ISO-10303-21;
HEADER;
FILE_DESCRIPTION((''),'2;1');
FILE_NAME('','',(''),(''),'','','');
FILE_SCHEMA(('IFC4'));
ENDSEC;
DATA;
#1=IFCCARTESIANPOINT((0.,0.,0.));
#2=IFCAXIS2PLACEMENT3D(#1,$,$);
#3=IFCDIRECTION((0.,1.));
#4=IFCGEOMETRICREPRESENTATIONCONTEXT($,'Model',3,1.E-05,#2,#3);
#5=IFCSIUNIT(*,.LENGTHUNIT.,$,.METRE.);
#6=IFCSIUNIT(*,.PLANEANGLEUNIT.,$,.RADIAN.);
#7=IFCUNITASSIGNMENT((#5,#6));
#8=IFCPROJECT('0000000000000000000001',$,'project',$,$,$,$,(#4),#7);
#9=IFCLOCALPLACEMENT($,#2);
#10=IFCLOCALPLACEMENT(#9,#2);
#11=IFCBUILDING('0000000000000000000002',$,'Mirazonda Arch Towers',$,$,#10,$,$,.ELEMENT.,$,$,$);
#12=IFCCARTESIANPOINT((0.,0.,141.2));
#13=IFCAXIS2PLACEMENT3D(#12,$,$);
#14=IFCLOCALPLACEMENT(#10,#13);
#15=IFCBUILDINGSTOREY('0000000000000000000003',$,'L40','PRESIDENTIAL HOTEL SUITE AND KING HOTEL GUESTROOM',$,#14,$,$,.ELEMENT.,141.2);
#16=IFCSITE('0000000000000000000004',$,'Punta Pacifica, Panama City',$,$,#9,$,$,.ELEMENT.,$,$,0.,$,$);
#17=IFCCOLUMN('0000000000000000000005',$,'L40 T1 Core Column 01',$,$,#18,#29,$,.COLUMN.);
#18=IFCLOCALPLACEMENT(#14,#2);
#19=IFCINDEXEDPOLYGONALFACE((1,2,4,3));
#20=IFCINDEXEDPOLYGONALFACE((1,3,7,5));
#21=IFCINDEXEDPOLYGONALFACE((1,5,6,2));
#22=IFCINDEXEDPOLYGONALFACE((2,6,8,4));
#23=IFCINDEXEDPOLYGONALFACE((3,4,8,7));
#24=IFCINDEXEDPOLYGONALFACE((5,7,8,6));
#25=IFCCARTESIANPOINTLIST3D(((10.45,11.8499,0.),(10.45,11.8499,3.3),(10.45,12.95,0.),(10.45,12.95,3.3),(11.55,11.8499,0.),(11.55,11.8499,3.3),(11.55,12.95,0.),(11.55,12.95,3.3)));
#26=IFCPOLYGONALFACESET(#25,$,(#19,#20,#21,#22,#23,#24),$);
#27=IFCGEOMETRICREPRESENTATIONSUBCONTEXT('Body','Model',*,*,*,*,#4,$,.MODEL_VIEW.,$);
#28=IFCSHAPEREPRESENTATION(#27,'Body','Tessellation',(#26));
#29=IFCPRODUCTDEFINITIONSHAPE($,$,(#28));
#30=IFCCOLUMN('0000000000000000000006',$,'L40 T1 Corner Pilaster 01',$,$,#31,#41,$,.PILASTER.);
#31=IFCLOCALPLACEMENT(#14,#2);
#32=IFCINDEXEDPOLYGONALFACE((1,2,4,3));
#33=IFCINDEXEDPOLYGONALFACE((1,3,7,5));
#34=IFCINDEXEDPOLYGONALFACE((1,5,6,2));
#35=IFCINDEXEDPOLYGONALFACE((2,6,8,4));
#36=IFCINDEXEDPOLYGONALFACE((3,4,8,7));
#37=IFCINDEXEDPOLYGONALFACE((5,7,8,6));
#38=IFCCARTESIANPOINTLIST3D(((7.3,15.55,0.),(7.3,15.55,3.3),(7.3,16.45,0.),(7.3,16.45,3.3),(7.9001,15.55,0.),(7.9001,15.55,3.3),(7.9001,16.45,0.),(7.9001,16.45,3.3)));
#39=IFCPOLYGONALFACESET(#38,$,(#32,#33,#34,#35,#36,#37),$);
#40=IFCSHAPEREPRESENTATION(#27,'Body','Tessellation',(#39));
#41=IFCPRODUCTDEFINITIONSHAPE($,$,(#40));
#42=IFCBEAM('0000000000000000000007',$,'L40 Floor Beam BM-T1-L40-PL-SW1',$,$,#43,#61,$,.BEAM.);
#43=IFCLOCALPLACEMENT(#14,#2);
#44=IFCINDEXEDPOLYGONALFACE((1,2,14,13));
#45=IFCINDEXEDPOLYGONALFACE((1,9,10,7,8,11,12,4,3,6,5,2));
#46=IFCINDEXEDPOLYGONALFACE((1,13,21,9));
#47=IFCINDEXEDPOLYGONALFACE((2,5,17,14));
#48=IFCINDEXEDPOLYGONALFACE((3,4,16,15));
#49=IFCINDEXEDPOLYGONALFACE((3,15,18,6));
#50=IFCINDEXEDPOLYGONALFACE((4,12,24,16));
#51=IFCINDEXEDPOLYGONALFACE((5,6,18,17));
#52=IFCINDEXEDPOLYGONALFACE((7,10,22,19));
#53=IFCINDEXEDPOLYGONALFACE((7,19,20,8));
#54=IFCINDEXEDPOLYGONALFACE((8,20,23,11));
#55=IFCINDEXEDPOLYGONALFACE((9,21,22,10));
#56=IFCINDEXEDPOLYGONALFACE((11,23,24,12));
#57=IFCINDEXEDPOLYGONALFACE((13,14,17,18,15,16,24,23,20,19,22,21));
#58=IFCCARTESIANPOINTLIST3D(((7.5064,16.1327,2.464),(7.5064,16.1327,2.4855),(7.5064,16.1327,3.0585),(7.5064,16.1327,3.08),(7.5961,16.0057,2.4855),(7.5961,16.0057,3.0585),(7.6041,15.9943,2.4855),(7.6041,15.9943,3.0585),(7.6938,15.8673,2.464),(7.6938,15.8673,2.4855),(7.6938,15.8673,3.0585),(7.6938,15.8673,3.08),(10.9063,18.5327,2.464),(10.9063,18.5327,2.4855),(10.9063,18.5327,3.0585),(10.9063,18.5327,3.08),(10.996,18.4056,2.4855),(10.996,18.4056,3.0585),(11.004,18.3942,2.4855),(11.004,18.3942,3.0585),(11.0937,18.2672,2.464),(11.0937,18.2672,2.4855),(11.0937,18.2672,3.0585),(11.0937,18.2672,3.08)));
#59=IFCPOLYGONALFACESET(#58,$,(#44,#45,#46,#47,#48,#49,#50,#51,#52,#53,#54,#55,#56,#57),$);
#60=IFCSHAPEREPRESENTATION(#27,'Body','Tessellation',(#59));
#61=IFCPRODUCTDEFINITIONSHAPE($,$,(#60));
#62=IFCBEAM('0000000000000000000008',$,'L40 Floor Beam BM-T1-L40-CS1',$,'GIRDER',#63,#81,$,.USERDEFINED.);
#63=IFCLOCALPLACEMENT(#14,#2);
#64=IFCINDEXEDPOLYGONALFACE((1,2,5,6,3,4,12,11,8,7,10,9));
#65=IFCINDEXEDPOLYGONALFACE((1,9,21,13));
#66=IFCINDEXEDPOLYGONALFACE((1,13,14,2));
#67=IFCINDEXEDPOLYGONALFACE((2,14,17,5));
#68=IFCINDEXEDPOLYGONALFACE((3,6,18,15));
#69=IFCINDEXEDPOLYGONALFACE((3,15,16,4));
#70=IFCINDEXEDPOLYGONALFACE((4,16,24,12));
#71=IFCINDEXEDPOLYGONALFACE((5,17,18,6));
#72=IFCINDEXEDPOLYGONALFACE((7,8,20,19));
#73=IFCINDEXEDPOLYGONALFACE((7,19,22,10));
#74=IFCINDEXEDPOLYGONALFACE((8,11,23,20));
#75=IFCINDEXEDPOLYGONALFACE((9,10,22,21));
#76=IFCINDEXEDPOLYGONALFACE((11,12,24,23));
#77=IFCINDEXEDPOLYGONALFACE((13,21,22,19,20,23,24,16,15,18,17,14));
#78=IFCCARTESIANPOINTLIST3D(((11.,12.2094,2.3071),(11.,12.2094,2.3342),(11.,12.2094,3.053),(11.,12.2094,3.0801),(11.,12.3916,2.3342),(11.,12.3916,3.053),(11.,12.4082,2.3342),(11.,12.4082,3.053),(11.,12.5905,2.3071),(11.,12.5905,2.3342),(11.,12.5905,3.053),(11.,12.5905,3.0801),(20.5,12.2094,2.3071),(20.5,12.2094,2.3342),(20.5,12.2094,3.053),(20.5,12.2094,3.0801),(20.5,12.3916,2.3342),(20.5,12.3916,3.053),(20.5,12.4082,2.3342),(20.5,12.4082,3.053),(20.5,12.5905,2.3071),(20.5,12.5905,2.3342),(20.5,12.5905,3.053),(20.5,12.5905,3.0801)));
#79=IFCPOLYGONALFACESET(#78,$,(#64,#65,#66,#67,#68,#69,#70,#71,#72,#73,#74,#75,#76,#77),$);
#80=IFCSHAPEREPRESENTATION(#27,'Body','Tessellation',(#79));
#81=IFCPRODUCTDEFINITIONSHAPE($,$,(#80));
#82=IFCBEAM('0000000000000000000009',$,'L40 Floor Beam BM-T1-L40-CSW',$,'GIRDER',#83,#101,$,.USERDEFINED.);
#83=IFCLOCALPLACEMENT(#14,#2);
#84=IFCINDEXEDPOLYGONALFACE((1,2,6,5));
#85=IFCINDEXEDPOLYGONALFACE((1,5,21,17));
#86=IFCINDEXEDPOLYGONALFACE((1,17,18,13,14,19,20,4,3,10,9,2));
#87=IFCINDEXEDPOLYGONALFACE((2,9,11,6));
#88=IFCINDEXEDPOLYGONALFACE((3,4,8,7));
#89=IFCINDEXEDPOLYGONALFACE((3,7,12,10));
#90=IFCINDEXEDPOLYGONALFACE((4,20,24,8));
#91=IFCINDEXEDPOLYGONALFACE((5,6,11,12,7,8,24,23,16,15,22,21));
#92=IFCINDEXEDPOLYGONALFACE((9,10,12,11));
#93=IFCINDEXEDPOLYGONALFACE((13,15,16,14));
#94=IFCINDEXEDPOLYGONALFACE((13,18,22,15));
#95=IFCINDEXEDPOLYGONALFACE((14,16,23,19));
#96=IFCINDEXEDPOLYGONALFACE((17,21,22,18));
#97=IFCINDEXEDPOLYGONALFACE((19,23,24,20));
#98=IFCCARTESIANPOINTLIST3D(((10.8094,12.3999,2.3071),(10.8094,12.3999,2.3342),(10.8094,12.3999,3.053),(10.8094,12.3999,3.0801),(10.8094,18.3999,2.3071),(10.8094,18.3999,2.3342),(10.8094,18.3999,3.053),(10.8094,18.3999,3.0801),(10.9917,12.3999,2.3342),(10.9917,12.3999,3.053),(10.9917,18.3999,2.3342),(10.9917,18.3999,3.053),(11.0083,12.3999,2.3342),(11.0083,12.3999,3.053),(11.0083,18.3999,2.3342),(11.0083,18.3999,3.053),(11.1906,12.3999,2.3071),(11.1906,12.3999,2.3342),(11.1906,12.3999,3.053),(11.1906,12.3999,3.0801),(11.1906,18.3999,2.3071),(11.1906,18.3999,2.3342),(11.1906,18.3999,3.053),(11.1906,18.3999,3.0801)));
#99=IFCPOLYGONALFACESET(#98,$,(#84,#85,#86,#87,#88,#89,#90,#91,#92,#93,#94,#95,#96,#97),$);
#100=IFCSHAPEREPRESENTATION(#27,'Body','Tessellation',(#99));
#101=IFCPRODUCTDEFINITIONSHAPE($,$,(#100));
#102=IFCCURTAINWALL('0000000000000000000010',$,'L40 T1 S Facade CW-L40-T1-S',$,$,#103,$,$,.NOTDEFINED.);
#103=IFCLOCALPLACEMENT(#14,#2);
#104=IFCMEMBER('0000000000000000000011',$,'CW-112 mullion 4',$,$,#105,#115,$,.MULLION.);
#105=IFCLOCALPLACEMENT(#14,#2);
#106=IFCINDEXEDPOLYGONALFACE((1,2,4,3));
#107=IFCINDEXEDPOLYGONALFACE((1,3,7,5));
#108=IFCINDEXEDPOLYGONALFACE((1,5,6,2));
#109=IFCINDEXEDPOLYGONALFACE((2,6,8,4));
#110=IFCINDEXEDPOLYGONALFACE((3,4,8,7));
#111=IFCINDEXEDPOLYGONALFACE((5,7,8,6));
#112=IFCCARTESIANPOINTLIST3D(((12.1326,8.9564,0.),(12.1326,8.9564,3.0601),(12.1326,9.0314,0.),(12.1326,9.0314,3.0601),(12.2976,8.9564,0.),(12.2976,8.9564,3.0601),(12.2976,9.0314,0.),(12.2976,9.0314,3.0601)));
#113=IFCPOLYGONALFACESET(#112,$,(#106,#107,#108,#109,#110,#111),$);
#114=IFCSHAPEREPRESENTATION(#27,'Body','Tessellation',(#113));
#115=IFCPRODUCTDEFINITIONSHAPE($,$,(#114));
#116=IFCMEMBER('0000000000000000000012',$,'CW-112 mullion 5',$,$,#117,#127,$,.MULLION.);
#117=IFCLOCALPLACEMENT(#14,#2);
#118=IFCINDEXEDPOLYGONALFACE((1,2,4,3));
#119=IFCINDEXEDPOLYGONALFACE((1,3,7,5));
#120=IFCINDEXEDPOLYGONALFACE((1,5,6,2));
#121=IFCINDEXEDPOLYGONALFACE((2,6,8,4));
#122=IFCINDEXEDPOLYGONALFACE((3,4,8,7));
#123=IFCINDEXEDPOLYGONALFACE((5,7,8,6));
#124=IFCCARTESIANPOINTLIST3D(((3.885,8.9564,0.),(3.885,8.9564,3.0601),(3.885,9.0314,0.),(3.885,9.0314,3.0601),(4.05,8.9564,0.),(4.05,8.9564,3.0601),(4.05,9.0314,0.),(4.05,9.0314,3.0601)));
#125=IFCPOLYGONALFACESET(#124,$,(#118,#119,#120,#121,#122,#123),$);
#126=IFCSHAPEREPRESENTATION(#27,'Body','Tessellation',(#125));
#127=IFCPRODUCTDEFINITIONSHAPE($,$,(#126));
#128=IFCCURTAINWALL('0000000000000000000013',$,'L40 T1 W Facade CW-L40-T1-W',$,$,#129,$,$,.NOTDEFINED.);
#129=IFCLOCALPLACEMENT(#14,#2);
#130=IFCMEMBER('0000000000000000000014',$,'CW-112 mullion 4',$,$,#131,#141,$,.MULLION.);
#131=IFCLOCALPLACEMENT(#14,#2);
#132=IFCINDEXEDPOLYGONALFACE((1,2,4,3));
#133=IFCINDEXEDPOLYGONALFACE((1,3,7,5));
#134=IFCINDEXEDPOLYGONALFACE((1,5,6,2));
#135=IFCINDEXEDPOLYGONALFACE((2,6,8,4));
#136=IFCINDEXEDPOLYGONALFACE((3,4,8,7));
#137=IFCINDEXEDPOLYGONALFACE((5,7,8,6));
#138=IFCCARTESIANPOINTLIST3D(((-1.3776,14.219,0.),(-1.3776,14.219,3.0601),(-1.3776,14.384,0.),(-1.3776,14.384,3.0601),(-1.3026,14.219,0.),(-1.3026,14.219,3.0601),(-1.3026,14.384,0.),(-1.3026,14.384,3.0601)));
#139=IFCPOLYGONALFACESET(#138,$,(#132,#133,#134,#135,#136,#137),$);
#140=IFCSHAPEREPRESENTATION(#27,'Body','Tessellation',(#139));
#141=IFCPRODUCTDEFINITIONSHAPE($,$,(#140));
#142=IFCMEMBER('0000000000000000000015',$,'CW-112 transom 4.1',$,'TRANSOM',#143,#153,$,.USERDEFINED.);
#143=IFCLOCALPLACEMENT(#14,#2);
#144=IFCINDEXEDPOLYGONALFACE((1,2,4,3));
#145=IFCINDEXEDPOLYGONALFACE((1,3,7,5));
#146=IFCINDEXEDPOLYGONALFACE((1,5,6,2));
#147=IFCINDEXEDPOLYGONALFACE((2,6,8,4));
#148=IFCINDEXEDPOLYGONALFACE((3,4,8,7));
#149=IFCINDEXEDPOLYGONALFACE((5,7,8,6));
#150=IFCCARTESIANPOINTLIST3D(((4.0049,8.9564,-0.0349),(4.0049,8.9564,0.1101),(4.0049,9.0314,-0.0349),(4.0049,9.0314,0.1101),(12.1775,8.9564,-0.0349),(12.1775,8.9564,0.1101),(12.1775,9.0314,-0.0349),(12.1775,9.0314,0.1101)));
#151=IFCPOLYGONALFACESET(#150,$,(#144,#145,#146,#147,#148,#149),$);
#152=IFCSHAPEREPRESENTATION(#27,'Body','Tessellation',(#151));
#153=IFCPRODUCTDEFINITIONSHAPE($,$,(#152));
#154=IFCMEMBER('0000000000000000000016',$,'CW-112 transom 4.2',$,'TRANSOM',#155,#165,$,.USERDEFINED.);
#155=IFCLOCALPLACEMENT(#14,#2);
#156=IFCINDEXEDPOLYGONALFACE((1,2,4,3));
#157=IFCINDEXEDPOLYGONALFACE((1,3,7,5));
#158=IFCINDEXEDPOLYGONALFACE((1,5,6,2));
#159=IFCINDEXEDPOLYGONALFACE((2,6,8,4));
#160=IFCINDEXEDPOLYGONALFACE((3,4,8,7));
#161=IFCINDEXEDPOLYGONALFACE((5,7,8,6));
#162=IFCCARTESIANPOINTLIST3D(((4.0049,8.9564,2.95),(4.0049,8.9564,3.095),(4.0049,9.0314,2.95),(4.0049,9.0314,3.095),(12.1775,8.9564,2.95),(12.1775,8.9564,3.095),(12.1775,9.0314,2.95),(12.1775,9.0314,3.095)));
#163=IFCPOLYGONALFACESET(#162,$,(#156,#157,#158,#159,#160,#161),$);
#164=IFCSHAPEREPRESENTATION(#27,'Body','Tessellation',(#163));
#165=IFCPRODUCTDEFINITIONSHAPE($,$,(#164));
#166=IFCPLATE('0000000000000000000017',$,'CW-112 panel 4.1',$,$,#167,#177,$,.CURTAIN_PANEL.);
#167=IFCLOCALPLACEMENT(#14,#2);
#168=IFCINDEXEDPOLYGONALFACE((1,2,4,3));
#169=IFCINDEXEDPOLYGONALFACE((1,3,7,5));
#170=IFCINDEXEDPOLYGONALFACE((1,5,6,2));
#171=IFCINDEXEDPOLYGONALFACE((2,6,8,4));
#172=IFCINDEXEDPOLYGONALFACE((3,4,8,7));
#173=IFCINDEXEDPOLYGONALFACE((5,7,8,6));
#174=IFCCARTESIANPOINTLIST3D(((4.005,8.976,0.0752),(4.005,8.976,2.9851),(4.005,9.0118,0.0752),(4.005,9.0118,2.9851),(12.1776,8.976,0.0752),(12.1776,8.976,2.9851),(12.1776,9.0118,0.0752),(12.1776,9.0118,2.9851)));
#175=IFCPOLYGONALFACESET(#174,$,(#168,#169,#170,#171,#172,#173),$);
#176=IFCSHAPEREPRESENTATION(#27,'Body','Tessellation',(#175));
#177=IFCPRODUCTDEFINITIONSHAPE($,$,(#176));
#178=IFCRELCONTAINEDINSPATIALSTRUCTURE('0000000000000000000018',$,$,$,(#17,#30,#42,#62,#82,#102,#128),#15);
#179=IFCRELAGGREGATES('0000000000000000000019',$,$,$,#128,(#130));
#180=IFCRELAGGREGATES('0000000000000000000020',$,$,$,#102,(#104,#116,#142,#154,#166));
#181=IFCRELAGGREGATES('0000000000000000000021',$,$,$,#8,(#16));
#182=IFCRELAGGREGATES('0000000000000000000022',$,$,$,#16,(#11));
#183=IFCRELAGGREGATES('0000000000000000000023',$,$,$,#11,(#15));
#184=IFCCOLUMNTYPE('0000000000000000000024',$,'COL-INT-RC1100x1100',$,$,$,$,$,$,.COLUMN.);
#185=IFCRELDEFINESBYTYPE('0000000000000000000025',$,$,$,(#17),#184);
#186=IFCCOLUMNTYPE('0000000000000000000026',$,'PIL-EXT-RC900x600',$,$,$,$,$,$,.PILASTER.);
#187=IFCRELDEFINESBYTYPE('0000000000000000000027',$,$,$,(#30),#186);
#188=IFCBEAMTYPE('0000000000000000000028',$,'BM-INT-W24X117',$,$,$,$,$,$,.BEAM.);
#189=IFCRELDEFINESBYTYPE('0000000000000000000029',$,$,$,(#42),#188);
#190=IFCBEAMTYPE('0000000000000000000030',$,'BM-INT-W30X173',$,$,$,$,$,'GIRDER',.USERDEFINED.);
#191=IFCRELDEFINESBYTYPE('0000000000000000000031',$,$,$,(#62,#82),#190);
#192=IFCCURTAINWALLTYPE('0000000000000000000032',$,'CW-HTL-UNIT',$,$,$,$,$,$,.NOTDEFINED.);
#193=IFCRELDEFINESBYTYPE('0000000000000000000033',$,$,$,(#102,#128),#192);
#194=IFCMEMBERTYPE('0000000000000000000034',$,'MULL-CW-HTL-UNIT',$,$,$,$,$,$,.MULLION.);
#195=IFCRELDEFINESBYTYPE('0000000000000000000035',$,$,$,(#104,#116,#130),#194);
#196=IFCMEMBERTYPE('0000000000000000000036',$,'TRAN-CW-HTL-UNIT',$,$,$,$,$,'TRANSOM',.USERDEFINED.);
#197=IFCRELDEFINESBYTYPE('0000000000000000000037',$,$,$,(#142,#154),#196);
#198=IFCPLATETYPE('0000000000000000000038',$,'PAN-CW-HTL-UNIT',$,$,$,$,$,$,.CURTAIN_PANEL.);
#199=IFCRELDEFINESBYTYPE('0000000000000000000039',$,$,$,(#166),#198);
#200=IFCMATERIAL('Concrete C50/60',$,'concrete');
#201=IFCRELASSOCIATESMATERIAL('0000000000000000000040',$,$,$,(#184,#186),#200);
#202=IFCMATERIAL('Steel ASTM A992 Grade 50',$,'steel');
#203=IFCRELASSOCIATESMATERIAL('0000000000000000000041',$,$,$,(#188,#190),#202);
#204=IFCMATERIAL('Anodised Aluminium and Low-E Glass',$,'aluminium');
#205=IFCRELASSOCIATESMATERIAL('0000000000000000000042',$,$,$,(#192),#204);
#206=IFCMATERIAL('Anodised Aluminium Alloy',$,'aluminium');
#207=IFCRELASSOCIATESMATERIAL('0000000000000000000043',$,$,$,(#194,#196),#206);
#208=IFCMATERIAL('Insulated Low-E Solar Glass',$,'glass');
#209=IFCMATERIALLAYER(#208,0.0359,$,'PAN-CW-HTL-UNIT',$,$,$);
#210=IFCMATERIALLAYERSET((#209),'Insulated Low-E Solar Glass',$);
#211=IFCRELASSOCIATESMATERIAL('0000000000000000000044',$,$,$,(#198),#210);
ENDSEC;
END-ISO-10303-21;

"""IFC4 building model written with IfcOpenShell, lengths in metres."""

from ifc_helpers import new_model, si_unit, direction, frame, origin, origin_2d, place, context, subcontext, project, spatial, rectangle, i_section, extrude, material, layer, layer_set, material_profile, profile_set, type_object, element, aggregate, save


model = new_model("IFC4")

# Units and contexts
model_context = context("Model", 3, precision=1e-05, world=origin(), true_north=direction((0.0, 1.0)))
body_context = subcontext(model_context, "Body", "Model", "MODEL_VIEW")
ifc_project = project(units=[si_unit("LENGTHUNIT", "METRE"), si_unit("PLANEANGLEUNIT", "RADIAN")], contexts=[model_context])

# Site, building, storey
site_placement = place(None, origin())
site = spatial("IfcSite", under=ifc_project, at=site_placement, Name="Punta Pacifica, Panama City", CompositionType="ELEMENT", RefElevation=0.0)
building_placement = place(site_placement, origin())
building = spatial("IfcBuilding", under=site, at=building_placement, Name="Mirazonda Arch Towers", CompositionType="ELEMENT")
storey_placement = place(building_placement, frame((0.0, 0.0, 141.2)))
storey = spatial("IfcBuildingStorey", under=building, at=storey_placement, Name="L40", Description="PRESIDENTIAL HOTEL SUITE AND KING HOTEL GUESTROOM", CompositionType="ELEMENT", Elevation=141.2)

# Columns
ifc_material_1 = material(Name="Concrete C50/60", Category="concrete")
ifc_material_profile_1 = material_profile(ifc_material_1, rectangle(XDim=1.1001, YDim=1.1001, at=origin_2d()), Name="RC1100x1100")
ifc_profile_set_1 = profile_set([ifc_material_profile_1], Name="Concrete C50/60")
column_type_1 = type_object("IfcColumnType", Name="COL-INT-RC1100x1100", PredefinedType="COLUMN", material=ifc_profile_set_1)
column_1_placement = place(storey_placement, frame((11.0, 12.3999, 0.0), z_axis=(0.0, 0.0, 1.0), x_axis=(1.0, 0.0, 0.0)))
element("IfcColumn", 1, at=column_1_placement, inside=storey, type_object=column_type_1, Name="L40 T1 Core Column 01", PredefinedType="COLUMN", context=body_context, shape_type="SweptSolid", body=[
    extrude(rectangle(XDim=1.1001, YDim=1.1001, at=origin_2d()), origin(), (0.0, 0.0, 1.0), 3.3),
])
ifc_material_profile_2 = material_profile(ifc_material_1, rectangle(XDim=0.6001, YDim=0.8999, at=origin_2d()), Name="RC900x600")
ifc_profile_set_2 = profile_set([ifc_material_profile_2], Name="Concrete C50/60")
column_type_2 = type_object("IfcColumnType", Name="PIL-EXT-RC900x600", PredefinedType="PILASTER", material=ifc_profile_set_2)
column_2_placement = place(storey_placement, frame((7.6001, 16.0, 0.0), z_axis=(0.0, 0.0, 1.0), x_axis=(1.0, 0.0, 0.0)))
element("IfcColumn", 2, at=column_2_placement, inside=storey, type_object=column_type_2, Name="L40 T1 Corner Pilaster 01", PredefinedType="PILASTER", context=body_context, shape_type="SweptSolid", body=[
    extrude(rectangle(XDim=0.6001, YDim=0.8999, at=origin_2d()), origin(), (0.0, 0.0, 1.0), 3.3),
])

# Beams
ifc_material_2 = material(Name="Steel ASTM A992 Grade 50", Category="steel")
ifc_material_profile_3 = material_profile(ifc_material_2, i_section(OverallWidth=0.325, OverallDepth=0.616, WebThickness=0.0139, FlangeThickness=0.0215, at=origin_2d()), Name="W24X117")
ifc_profile_set_3 = profile_set([ifc_material_profile_3], Name="Steel ASTM A992 Grade 50")
beam_type_1 = type_object("IfcBeamType", Name="BM-INT-W24X117", PredefinedType="BEAM", material=ifc_profile_set_3)
beam_1_placement = place(storey_placement, frame((7.6001, 16.0, 2.772), z_axis=(0.816971, 0.576679, 0.0), x_axis=(-0.576679, 0.816971, 0.0)))
element("IfcBeam", 3, at=beam_1_placement, inside=storey, type_object=beam_type_1, Name="L40 Floor Beam BM-T1-L40-PL-SW1", PredefinedType="BEAM", context=body_context, shape_type="SweptSolid", body=[
    extrude(i_section(OverallWidth=0.325, OverallDepth=0.616, WebThickness=0.0139, FlangeThickness=0.0215, at=origin_2d()), origin(), (0.0, 0.0, 1.0), 4.1616),
])
ifc_material_profile_4 = material_profile(ifc_material_2, i_section(OverallWidth=0.3811, OverallDepth=0.7729, WebThickness=0.0166, FlangeThickness=0.0271, at=origin_2d()), Name="W30X173")
ifc_profile_set_4 = profile_set([ifc_material_profile_4], Name="Steel ASTM A992 Grade 50")
beam_type_2 = type_object("IfcBeamType", Name="BM-INT-W30X173", ElementType="GIRDER", PredefinedType="USERDEFINED", material=ifc_profile_set_4)
beam_2_placement = place(storey_placement, frame((11.0, 12.3999, 2.6936), z_axis=(1.0, 0.0, 0.0), x_axis=(0.0, 1.0, 0.0)))
element("IfcBeam", 4, at=beam_2_placement, inside=storey, type_object=beam_type_2, Name="L40 Floor Beam BM-T1-L40-CS1", ObjectType="GIRDER", PredefinedType="USERDEFINED", context=body_context, shape_type="SweptSolid", body=[
    extrude(i_section(OverallWidth=0.3811, OverallDepth=0.7729, WebThickness=0.0166, FlangeThickness=0.0271, at=origin_2d()), origin(), (0.0, 0.0, 1.0), 9.5),
])
beam_3_placement = place(storey_placement, frame((11.0, 12.3999, 2.6936), z_axis=(0.0, 1.0, 0.0), x_axis=(-1.0, 0.0, 0.0)))
element("IfcBeam", 5, at=beam_3_placement, inside=storey, type_object=beam_type_2, Name="L40 Floor Beam BM-T1-L40-CSW", ObjectType="GIRDER", PredefinedType="USERDEFINED", context=body_context, shape_type="SweptSolid", body=[
    extrude(i_section(OverallWidth=0.3811, OverallDepth=0.7729, WebThickness=0.0166, FlangeThickness=0.0271, at=origin_2d()), origin(), (0.0, 0.0, 1.0), 6.0),
])

# Curtain wall, members
ifc_material_3 = material(Name="Anodised Aluminium and Low-E Glass", Category="aluminium")
curtain_wall_type = type_object("IfcCurtainWallType", Name="CW-HTL-UNIT", PredefinedType="NOTDEFINED", material=ifc_material_3)
curtain_wall_1_placement = place(storey_placement, origin())
curtain_wall_1 = element("IfcCurtainWall", 6, at=curtain_wall_1_placement, inside=storey, type_object=curtain_wall_type, Name="L40 T1 S Facade CW-L40-T1-S", PredefinedType="NOTDEFINED")
ifc_material_4 = material(Name="Anodised Aluminium Alloy", Category="aluminium")
ifc_material_profile_5 = material_profile(ifc_material_4, rectangle(XDim=0.075, YDim=0.165, at=origin_2d()), Name="ALU-MULL-75x165")
ifc_profile_set_5 = profile_set([ifc_material_profile_5], Name="Anodised Aluminium Alloy")
member_type_1 = type_object("IfcMemberType", Name="MULL-CW-HTL-UNIT", PredefinedType="MULLION", material=ifc_profile_set_5)
member_1_placement = place(storey_placement, frame((12.2151, 8.9939, 0.0), z_axis=(0.0, 0.0, 1.0), x_axis=(0.0, -1.0, 0.0)))
member_1 = element("IfcMember", 7, at=member_1_placement, type_object=member_type_1, Name="CW-112 mullion 4", PredefinedType="MULLION", context=body_context, shape_type="SweptSolid", body=[
    extrude(rectangle(XDim=0.075, YDim=0.165, at=origin_2d()), origin(), (0.0, 0.0, 1.0), 3.0601),
])
member_2_placement = place(storey_placement, frame((3.9675, 8.9939, 0.0), z_axis=(0.0, 0.0, 1.0), x_axis=(0.0, -1.0, 0.0)))
member_2 = element("IfcMember", 8, at=member_2_placement, type_object=member_type_1, Name="CW-112 mullion 5", PredefinedType="MULLION", context=body_context, shape_type="SweptSolid", body=[
    extrude(rectangle(XDim=0.075, YDim=0.165, at=origin_2d()), origin(), (0.0, 0.0, 1.0), 3.0601),
])

# Curtain wall, member
curtain_wall_2_placement = place(storey_placement, origin())
curtain_wall_2 = element("IfcCurtainWall", 9, at=curtain_wall_2_placement, inside=storey, type_object=curtain_wall_type, Name="L40 T1 W Facade CW-L40-T1-W", PredefinedType="NOTDEFINED")
member_3_placement = place(storey_placement, frame((-1.3401, 14.3015, 0.0), z_axis=(0.0, 0.0, 1.0), x_axis=(1.0, 0.0, 0.0)))
member_3 = element("IfcMember", 10, at=member_3_placement, type_object=member_type_1, Name="CW-112 mullion 4", PredefinedType="MULLION", context=body_context, shape_type="SweptSolid", body=[
    extrude(rectangle(XDim=0.075, YDim=0.165, at=origin_2d()), origin(), (0.0, 0.0, 1.0), 3.0601),
])
aggregate(curtain_wall_2, [member_3])

# Members
ifc_material_profile_6 = material_profile(ifc_material_4, rectangle(XDim=0.075, YDim=0.145, at=origin_2d()), Name="ALU-TRAN-75x145")
ifc_profile_set_6 = profile_set([ifc_material_profile_6], Name="Anodised Aluminium Alloy")
member_type_2 = type_object("IfcMemberType", Name="TRAN-CW-HTL-UNIT", ElementType="TRANSOM", PredefinedType="USERDEFINED", material=ifc_profile_set_6)
member_4_placement = place(storey_placement, frame((12.1775, 8.9939, 0.0376), z_axis=(-1.0, 0.0, 0.0), x_axis=(0.0, -1.0, 0.0)))
member_4 = element("IfcMember", 11, at=member_4_placement, type_object=member_type_2, Name="CW-112 transom 4.1", ObjectType="TRANSOM", PredefinedType="USERDEFINED", context=body_context, shape_type="SweptSolid", body=[
    extrude(rectangle(XDim=0.075, YDim=0.145, at=origin_2d()), origin(), (0.0, 0.0, 1.0), 8.1726),
])
member_5_placement = place(storey_placement, frame((12.1775, 8.9939, 3.0225), z_axis=(-1.0, 0.0, 0.0), x_axis=(0.0, -1.0, 0.0)))
member_5 = element("IfcMember", 12, at=member_5_placement, type_object=member_type_2, Name="CW-112 transom 4.2", ObjectType="TRANSOM", PredefinedType="USERDEFINED", context=body_context, shape_type="SweptSolid", body=[
    extrude(rectangle(XDim=0.075, YDim=0.145, at=origin_2d()), origin(), (0.0, 0.0, 1.0), 8.1726),
])

# Plate
ifc_material_5 = material(Name="Insulated Low-E Solar Glass", Category="glass")
ifc_layer_1 = layer(ifc_material_5, 0.0359, Name="PAN-CW-HTL-UNIT")
ifc_layer_set_1 = layer_set([ifc_layer_1], Name="Insulated Low-E Solar Glass")
plate_type = type_object("IfcPlateType", Name="PAN-CW-HTL-UNIT", PredefinedType="CURTAIN_PANEL", material=ifc_layer_set_1)
plate_placement = place(storey_placement, frame((8.0913, 8.9939, 0.0752), z_axis=(0.0, 0.0, 1.0), x_axis=(-1.0, 0.0, 0.0)))
plate = element("IfcPlate", 13, at=plate_placement, type_object=plate_type, Name="CW-112 panel 4.1", PredefinedType="CURTAIN_PANEL", context=body_context, shape_type="SweptSolid", body=[
    extrude(rectangle(XDim=8.1726, YDim=0.0359, at=origin_2d()), origin(), (0.0, 0.0, 1.0), 2.9099),
])
aggregate(curtain_wall_1, [member_1, member_2, member_4, member_5, plate])

save(model, "model.ifc")
